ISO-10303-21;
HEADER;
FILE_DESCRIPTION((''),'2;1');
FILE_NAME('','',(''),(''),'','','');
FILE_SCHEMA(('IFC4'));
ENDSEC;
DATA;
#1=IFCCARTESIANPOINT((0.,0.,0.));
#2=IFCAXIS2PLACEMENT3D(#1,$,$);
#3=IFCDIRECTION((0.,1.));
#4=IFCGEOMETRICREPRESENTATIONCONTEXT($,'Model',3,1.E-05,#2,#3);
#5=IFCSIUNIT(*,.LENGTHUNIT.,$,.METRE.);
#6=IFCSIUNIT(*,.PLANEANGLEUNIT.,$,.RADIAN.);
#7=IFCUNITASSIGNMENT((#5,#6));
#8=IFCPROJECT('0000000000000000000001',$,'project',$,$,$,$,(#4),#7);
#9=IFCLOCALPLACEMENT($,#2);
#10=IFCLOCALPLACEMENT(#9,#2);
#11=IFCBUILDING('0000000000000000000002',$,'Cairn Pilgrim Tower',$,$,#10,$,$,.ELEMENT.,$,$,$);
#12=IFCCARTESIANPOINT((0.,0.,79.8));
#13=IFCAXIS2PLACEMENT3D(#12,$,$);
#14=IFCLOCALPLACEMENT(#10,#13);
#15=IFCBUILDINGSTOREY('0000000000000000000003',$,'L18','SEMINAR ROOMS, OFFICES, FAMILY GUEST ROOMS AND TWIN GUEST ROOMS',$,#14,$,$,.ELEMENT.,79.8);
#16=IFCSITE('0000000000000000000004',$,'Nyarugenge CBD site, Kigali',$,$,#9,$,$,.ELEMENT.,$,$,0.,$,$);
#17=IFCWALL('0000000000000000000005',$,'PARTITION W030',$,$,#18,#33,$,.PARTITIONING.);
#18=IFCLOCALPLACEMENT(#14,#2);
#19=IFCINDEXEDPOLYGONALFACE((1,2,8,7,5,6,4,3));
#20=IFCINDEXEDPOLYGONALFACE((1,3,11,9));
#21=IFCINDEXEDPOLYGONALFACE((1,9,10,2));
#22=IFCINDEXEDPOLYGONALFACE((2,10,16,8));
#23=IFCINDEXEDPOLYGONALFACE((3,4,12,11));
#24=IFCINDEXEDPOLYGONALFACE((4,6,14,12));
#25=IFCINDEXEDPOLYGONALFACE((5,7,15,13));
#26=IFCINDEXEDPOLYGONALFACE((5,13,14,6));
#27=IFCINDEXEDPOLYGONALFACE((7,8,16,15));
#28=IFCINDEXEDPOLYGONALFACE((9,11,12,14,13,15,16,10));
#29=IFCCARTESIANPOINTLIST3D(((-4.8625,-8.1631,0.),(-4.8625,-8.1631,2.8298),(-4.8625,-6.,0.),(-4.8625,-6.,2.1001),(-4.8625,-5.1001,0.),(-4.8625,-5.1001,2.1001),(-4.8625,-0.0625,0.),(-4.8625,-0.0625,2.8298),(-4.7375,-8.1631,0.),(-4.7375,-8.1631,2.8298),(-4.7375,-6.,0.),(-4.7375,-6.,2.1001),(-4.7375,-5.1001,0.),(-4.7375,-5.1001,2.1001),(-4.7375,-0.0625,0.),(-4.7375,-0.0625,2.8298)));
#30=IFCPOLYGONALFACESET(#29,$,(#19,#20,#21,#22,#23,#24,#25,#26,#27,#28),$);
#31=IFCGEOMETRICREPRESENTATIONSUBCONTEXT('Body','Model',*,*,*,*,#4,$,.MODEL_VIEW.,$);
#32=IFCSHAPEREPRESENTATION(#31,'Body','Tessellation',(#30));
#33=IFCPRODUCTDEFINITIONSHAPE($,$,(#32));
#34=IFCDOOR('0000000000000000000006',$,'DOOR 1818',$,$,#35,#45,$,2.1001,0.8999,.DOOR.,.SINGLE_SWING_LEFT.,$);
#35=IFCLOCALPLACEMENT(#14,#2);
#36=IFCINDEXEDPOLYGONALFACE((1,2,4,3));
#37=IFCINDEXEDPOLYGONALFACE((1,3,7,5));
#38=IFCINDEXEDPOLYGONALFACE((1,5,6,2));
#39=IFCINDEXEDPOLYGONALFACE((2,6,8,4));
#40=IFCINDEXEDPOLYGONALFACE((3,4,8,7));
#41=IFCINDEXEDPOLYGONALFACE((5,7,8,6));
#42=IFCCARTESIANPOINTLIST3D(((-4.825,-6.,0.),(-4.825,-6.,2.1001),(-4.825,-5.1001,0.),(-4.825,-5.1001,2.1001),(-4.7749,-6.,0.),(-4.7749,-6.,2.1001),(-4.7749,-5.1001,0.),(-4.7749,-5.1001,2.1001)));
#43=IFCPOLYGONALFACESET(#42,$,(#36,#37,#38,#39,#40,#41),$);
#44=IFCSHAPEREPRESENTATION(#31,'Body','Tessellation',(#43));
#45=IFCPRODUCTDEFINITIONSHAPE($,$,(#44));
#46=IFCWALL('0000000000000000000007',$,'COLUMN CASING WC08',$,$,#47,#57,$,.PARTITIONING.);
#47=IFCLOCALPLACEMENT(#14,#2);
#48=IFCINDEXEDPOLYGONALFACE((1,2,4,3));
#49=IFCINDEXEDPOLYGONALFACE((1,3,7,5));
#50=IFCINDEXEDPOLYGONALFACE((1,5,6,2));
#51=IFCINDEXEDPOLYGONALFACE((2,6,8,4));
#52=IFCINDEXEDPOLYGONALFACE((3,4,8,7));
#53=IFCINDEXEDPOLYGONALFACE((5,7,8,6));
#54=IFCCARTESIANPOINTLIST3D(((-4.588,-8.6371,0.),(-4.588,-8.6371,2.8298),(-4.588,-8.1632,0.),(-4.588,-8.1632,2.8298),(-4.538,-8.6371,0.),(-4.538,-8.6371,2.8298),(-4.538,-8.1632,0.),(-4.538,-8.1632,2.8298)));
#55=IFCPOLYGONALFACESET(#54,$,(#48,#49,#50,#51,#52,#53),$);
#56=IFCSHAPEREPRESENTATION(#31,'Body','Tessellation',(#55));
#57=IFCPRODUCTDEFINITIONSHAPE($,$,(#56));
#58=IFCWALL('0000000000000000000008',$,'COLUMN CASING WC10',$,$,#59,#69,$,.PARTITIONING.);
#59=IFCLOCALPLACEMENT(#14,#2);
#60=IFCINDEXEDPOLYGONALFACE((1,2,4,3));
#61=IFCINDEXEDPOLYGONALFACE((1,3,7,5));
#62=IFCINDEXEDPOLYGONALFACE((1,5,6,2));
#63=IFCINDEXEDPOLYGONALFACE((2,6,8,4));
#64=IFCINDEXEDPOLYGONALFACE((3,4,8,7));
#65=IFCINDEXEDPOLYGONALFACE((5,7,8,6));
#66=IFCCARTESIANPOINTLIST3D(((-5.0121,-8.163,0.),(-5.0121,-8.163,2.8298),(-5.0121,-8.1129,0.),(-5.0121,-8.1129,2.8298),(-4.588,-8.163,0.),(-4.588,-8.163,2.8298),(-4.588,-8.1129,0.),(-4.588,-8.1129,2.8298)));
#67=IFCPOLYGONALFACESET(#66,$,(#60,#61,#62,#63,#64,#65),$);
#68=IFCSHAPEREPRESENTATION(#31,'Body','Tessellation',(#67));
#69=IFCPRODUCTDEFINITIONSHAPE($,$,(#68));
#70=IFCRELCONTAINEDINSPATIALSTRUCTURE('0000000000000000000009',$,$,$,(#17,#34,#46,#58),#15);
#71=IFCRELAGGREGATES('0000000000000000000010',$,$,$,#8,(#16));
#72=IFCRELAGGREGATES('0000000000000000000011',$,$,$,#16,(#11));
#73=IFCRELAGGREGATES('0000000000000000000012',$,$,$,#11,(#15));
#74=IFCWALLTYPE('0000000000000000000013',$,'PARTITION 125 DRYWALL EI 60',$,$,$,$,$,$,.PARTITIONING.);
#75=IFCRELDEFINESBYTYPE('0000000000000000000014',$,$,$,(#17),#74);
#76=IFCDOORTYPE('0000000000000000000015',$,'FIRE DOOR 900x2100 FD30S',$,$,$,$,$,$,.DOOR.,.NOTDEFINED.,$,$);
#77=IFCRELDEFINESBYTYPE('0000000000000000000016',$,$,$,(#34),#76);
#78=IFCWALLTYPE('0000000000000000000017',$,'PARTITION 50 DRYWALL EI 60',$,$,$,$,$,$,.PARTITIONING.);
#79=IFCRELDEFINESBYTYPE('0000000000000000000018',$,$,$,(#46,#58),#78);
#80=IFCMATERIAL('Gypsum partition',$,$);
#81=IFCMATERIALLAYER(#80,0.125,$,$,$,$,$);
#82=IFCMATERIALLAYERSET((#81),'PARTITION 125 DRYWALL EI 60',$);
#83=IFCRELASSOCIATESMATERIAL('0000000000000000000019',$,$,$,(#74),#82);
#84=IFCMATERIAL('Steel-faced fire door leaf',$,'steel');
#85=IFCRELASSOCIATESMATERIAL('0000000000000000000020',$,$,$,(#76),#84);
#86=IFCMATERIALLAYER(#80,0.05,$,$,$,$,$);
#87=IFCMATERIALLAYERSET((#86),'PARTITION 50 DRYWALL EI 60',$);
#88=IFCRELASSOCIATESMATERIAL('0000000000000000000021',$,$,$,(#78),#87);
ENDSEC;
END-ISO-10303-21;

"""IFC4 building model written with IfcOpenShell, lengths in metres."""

from ifc_helpers import new_model, si_unit, direction, frame, frame_2d, origin, place, context, subcontext, project, spatial, rectangle, extrude, material, layer, layer_set, type_object, element, fill, save


model = new_model("IFC4")

# Units and contexts
model_context = context("Model", 3, precision=1e-05, world=origin(), true_north=direction((0.0, 1.0)))
body_context = subcontext(model_context, "Body", "Model", "MODEL_VIEW")
ifc_project = project(units=[si_unit("LENGTHUNIT", "METRE"), si_unit("PLANEANGLEUNIT", "RADIAN")], contexts=[model_context])

# Site, building, storey
site_placement = place(None, origin())
site = spatial("IfcSite", under=ifc_project, at=site_placement, Name="Nyarugenge CBD site, Kigali", CompositionType="ELEMENT", RefElevation=0.0)
building_placement = place(site_placement, origin())
building = spatial("IfcBuilding", under=site, at=building_placement, Name="Cairn Pilgrim Tower", CompositionType="ELEMENT")
storey_placement = place(building_placement, frame((0.0, 0.0, 79.8)))
storey = spatial("IfcBuildingStorey", under=building, at=storey_placement, Name="L18", Description="SEMINAR ROOMS, OFFICES, FAMILY GUEST ROOMS AND TWIN GUEST ROOMS", CompositionType="ELEMENT", Elevation=79.8)

# Shared definitions
ifc_material_1 = material(Name="Gypsum partition")
ifc_layer_1 = layer(ifc_material_1, 0.125)
ifc_layer_set_1 = layer_set([ifc_layer_1], Name="PARTITION 125 DRYWALL EI 60")
wall_type_1 = type_object("IfcWallType", Name="PARTITION 125 DRYWALL EI 60", PredefinedType="PARTITIONING", material=ifc_layer_set_1)

# Wall, opening, door
wall_1_placement = place(storey_placement, frame((-4.8, -8.1631, 0.0), z_axis=(0.0, 0.0, 1.0), x_axis=(0.0, 1.0, 0.0)))
wall_1 = element("IfcWall", 1, at=wall_1_placement, inside=storey, type_object=wall_type_1, Name="PARTITION W030", PredefinedType="PARTITIONING", context=body_context, shape_type="SweptSolid", body=[
    extrude(rectangle(XDim=8.1006, YDim=0.125, at=frame_2d((4.0503, 0.0))), origin(), (0.0, 0.0, 1.0), 2.8298),
])
opening_1_placement = place(wall_1_placement, frame((2.1631, 0.0, 0.0)))
opening_1 = element("IfcOpeningElement", 2, at=opening_1_placement, cuts=wall_1, PredefinedType="OPENING", context=body_context, shape_type="SweptSolid", body=[
    extrude(rectangle(XDim=0.8999, YDim=2.1001, at=frame_2d((0.45, 1.05))), frame((0.0, 0.0725, 0.0), z_axis=(0.0, -1.0, 0.0), x_axis=(1.0, 0.0, 0.0)), (0.0, 0.0, 1.0), 0.145),
])
ifc_material_2 = material(Name="Steel-faced fire door leaf", Category="steel")
door_type_1 = type_object("IfcDoorType", Name="FIRE DOOR 900x2100 FD30S", OperationType="NOTDEFINED", PredefinedType="DOOR", material=ifc_material_2)
door_1_placement = place(opening_1_placement, origin())
door_1 = element("IfcDoor", 3, at=door_1_placement, inside=storey, type_object=door_type_1, Name="DOOR 1818", OperationType="SINGLE_SWING_LEFT", OverallHeight=2.1001, OverallWidth=0.8999, PredefinedType="DOOR", context=body_context, shape_type="SweptSolid", body=[
    extrude(rectangle(XDim=0.8999, YDim=2.1001, at=frame_2d((0.45, 1.05))), frame((0.0, 0.0249, 0.0), z_axis=(0.0, -1.0, 0.0), x_axis=(1.0, 0.0, 0.0)), (0.0, 0.0, 1.0), 0.05),
])
fill(opening_1, door_1)

# Walls
ifc_layer_2 = layer(ifc_material_1, 0.05)
ifc_layer_set_2 = layer_set([ifc_layer_2], Name="PARTITION 50 DRYWALL EI 60")
wall_type_2 = type_object("IfcWallType", Name="PARTITION 50 DRYWALL EI 60", PredefinedType="PARTITIONING", material=ifc_layer_set_2)
wall_2_placement = place(storey_placement, frame((-4.563, -8.637, 0.0), z_axis=(0.0, 0.0, 1.0), x_axis=(0.0, 1.0, 0.0)))
element("IfcWall", 4, at=wall_2_placement, inside=storey, type_object=wall_type_2, Name="COLUMN CASING WC08", PredefinedType="PARTITIONING", context=body_context, shape_type="SweptSolid", body=[
    extrude(rectangle(XDim=0.4739, YDim=0.05, at=frame_2d((0.2368, 0.0))), origin(), (0.0, 0.0, 1.0), 2.8298),
])
wall_3_placement = place(storey_placement, frame((-5.012, -8.1379, 0.0), z_axis=(0.0, 0.0, 1.0), x_axis=(1.0, 0.0, 0.0)))
element("IfcWall", 5, at=wall_3_placement, inside=storey, type_object=wall_type_2, Name="COLUMN CASING WC10", PredefinedType="PARTITIONING", context=body_context, shape_type="SweptSolid", body=[
    extrude(rectangle(XDim=0.4241, YDim=0.05, at=frame_2d((0.2119, 0.0))), origin(), (0.0, 0.0, 1.0), 2.8298),
])

save(model, "model.ifc")
